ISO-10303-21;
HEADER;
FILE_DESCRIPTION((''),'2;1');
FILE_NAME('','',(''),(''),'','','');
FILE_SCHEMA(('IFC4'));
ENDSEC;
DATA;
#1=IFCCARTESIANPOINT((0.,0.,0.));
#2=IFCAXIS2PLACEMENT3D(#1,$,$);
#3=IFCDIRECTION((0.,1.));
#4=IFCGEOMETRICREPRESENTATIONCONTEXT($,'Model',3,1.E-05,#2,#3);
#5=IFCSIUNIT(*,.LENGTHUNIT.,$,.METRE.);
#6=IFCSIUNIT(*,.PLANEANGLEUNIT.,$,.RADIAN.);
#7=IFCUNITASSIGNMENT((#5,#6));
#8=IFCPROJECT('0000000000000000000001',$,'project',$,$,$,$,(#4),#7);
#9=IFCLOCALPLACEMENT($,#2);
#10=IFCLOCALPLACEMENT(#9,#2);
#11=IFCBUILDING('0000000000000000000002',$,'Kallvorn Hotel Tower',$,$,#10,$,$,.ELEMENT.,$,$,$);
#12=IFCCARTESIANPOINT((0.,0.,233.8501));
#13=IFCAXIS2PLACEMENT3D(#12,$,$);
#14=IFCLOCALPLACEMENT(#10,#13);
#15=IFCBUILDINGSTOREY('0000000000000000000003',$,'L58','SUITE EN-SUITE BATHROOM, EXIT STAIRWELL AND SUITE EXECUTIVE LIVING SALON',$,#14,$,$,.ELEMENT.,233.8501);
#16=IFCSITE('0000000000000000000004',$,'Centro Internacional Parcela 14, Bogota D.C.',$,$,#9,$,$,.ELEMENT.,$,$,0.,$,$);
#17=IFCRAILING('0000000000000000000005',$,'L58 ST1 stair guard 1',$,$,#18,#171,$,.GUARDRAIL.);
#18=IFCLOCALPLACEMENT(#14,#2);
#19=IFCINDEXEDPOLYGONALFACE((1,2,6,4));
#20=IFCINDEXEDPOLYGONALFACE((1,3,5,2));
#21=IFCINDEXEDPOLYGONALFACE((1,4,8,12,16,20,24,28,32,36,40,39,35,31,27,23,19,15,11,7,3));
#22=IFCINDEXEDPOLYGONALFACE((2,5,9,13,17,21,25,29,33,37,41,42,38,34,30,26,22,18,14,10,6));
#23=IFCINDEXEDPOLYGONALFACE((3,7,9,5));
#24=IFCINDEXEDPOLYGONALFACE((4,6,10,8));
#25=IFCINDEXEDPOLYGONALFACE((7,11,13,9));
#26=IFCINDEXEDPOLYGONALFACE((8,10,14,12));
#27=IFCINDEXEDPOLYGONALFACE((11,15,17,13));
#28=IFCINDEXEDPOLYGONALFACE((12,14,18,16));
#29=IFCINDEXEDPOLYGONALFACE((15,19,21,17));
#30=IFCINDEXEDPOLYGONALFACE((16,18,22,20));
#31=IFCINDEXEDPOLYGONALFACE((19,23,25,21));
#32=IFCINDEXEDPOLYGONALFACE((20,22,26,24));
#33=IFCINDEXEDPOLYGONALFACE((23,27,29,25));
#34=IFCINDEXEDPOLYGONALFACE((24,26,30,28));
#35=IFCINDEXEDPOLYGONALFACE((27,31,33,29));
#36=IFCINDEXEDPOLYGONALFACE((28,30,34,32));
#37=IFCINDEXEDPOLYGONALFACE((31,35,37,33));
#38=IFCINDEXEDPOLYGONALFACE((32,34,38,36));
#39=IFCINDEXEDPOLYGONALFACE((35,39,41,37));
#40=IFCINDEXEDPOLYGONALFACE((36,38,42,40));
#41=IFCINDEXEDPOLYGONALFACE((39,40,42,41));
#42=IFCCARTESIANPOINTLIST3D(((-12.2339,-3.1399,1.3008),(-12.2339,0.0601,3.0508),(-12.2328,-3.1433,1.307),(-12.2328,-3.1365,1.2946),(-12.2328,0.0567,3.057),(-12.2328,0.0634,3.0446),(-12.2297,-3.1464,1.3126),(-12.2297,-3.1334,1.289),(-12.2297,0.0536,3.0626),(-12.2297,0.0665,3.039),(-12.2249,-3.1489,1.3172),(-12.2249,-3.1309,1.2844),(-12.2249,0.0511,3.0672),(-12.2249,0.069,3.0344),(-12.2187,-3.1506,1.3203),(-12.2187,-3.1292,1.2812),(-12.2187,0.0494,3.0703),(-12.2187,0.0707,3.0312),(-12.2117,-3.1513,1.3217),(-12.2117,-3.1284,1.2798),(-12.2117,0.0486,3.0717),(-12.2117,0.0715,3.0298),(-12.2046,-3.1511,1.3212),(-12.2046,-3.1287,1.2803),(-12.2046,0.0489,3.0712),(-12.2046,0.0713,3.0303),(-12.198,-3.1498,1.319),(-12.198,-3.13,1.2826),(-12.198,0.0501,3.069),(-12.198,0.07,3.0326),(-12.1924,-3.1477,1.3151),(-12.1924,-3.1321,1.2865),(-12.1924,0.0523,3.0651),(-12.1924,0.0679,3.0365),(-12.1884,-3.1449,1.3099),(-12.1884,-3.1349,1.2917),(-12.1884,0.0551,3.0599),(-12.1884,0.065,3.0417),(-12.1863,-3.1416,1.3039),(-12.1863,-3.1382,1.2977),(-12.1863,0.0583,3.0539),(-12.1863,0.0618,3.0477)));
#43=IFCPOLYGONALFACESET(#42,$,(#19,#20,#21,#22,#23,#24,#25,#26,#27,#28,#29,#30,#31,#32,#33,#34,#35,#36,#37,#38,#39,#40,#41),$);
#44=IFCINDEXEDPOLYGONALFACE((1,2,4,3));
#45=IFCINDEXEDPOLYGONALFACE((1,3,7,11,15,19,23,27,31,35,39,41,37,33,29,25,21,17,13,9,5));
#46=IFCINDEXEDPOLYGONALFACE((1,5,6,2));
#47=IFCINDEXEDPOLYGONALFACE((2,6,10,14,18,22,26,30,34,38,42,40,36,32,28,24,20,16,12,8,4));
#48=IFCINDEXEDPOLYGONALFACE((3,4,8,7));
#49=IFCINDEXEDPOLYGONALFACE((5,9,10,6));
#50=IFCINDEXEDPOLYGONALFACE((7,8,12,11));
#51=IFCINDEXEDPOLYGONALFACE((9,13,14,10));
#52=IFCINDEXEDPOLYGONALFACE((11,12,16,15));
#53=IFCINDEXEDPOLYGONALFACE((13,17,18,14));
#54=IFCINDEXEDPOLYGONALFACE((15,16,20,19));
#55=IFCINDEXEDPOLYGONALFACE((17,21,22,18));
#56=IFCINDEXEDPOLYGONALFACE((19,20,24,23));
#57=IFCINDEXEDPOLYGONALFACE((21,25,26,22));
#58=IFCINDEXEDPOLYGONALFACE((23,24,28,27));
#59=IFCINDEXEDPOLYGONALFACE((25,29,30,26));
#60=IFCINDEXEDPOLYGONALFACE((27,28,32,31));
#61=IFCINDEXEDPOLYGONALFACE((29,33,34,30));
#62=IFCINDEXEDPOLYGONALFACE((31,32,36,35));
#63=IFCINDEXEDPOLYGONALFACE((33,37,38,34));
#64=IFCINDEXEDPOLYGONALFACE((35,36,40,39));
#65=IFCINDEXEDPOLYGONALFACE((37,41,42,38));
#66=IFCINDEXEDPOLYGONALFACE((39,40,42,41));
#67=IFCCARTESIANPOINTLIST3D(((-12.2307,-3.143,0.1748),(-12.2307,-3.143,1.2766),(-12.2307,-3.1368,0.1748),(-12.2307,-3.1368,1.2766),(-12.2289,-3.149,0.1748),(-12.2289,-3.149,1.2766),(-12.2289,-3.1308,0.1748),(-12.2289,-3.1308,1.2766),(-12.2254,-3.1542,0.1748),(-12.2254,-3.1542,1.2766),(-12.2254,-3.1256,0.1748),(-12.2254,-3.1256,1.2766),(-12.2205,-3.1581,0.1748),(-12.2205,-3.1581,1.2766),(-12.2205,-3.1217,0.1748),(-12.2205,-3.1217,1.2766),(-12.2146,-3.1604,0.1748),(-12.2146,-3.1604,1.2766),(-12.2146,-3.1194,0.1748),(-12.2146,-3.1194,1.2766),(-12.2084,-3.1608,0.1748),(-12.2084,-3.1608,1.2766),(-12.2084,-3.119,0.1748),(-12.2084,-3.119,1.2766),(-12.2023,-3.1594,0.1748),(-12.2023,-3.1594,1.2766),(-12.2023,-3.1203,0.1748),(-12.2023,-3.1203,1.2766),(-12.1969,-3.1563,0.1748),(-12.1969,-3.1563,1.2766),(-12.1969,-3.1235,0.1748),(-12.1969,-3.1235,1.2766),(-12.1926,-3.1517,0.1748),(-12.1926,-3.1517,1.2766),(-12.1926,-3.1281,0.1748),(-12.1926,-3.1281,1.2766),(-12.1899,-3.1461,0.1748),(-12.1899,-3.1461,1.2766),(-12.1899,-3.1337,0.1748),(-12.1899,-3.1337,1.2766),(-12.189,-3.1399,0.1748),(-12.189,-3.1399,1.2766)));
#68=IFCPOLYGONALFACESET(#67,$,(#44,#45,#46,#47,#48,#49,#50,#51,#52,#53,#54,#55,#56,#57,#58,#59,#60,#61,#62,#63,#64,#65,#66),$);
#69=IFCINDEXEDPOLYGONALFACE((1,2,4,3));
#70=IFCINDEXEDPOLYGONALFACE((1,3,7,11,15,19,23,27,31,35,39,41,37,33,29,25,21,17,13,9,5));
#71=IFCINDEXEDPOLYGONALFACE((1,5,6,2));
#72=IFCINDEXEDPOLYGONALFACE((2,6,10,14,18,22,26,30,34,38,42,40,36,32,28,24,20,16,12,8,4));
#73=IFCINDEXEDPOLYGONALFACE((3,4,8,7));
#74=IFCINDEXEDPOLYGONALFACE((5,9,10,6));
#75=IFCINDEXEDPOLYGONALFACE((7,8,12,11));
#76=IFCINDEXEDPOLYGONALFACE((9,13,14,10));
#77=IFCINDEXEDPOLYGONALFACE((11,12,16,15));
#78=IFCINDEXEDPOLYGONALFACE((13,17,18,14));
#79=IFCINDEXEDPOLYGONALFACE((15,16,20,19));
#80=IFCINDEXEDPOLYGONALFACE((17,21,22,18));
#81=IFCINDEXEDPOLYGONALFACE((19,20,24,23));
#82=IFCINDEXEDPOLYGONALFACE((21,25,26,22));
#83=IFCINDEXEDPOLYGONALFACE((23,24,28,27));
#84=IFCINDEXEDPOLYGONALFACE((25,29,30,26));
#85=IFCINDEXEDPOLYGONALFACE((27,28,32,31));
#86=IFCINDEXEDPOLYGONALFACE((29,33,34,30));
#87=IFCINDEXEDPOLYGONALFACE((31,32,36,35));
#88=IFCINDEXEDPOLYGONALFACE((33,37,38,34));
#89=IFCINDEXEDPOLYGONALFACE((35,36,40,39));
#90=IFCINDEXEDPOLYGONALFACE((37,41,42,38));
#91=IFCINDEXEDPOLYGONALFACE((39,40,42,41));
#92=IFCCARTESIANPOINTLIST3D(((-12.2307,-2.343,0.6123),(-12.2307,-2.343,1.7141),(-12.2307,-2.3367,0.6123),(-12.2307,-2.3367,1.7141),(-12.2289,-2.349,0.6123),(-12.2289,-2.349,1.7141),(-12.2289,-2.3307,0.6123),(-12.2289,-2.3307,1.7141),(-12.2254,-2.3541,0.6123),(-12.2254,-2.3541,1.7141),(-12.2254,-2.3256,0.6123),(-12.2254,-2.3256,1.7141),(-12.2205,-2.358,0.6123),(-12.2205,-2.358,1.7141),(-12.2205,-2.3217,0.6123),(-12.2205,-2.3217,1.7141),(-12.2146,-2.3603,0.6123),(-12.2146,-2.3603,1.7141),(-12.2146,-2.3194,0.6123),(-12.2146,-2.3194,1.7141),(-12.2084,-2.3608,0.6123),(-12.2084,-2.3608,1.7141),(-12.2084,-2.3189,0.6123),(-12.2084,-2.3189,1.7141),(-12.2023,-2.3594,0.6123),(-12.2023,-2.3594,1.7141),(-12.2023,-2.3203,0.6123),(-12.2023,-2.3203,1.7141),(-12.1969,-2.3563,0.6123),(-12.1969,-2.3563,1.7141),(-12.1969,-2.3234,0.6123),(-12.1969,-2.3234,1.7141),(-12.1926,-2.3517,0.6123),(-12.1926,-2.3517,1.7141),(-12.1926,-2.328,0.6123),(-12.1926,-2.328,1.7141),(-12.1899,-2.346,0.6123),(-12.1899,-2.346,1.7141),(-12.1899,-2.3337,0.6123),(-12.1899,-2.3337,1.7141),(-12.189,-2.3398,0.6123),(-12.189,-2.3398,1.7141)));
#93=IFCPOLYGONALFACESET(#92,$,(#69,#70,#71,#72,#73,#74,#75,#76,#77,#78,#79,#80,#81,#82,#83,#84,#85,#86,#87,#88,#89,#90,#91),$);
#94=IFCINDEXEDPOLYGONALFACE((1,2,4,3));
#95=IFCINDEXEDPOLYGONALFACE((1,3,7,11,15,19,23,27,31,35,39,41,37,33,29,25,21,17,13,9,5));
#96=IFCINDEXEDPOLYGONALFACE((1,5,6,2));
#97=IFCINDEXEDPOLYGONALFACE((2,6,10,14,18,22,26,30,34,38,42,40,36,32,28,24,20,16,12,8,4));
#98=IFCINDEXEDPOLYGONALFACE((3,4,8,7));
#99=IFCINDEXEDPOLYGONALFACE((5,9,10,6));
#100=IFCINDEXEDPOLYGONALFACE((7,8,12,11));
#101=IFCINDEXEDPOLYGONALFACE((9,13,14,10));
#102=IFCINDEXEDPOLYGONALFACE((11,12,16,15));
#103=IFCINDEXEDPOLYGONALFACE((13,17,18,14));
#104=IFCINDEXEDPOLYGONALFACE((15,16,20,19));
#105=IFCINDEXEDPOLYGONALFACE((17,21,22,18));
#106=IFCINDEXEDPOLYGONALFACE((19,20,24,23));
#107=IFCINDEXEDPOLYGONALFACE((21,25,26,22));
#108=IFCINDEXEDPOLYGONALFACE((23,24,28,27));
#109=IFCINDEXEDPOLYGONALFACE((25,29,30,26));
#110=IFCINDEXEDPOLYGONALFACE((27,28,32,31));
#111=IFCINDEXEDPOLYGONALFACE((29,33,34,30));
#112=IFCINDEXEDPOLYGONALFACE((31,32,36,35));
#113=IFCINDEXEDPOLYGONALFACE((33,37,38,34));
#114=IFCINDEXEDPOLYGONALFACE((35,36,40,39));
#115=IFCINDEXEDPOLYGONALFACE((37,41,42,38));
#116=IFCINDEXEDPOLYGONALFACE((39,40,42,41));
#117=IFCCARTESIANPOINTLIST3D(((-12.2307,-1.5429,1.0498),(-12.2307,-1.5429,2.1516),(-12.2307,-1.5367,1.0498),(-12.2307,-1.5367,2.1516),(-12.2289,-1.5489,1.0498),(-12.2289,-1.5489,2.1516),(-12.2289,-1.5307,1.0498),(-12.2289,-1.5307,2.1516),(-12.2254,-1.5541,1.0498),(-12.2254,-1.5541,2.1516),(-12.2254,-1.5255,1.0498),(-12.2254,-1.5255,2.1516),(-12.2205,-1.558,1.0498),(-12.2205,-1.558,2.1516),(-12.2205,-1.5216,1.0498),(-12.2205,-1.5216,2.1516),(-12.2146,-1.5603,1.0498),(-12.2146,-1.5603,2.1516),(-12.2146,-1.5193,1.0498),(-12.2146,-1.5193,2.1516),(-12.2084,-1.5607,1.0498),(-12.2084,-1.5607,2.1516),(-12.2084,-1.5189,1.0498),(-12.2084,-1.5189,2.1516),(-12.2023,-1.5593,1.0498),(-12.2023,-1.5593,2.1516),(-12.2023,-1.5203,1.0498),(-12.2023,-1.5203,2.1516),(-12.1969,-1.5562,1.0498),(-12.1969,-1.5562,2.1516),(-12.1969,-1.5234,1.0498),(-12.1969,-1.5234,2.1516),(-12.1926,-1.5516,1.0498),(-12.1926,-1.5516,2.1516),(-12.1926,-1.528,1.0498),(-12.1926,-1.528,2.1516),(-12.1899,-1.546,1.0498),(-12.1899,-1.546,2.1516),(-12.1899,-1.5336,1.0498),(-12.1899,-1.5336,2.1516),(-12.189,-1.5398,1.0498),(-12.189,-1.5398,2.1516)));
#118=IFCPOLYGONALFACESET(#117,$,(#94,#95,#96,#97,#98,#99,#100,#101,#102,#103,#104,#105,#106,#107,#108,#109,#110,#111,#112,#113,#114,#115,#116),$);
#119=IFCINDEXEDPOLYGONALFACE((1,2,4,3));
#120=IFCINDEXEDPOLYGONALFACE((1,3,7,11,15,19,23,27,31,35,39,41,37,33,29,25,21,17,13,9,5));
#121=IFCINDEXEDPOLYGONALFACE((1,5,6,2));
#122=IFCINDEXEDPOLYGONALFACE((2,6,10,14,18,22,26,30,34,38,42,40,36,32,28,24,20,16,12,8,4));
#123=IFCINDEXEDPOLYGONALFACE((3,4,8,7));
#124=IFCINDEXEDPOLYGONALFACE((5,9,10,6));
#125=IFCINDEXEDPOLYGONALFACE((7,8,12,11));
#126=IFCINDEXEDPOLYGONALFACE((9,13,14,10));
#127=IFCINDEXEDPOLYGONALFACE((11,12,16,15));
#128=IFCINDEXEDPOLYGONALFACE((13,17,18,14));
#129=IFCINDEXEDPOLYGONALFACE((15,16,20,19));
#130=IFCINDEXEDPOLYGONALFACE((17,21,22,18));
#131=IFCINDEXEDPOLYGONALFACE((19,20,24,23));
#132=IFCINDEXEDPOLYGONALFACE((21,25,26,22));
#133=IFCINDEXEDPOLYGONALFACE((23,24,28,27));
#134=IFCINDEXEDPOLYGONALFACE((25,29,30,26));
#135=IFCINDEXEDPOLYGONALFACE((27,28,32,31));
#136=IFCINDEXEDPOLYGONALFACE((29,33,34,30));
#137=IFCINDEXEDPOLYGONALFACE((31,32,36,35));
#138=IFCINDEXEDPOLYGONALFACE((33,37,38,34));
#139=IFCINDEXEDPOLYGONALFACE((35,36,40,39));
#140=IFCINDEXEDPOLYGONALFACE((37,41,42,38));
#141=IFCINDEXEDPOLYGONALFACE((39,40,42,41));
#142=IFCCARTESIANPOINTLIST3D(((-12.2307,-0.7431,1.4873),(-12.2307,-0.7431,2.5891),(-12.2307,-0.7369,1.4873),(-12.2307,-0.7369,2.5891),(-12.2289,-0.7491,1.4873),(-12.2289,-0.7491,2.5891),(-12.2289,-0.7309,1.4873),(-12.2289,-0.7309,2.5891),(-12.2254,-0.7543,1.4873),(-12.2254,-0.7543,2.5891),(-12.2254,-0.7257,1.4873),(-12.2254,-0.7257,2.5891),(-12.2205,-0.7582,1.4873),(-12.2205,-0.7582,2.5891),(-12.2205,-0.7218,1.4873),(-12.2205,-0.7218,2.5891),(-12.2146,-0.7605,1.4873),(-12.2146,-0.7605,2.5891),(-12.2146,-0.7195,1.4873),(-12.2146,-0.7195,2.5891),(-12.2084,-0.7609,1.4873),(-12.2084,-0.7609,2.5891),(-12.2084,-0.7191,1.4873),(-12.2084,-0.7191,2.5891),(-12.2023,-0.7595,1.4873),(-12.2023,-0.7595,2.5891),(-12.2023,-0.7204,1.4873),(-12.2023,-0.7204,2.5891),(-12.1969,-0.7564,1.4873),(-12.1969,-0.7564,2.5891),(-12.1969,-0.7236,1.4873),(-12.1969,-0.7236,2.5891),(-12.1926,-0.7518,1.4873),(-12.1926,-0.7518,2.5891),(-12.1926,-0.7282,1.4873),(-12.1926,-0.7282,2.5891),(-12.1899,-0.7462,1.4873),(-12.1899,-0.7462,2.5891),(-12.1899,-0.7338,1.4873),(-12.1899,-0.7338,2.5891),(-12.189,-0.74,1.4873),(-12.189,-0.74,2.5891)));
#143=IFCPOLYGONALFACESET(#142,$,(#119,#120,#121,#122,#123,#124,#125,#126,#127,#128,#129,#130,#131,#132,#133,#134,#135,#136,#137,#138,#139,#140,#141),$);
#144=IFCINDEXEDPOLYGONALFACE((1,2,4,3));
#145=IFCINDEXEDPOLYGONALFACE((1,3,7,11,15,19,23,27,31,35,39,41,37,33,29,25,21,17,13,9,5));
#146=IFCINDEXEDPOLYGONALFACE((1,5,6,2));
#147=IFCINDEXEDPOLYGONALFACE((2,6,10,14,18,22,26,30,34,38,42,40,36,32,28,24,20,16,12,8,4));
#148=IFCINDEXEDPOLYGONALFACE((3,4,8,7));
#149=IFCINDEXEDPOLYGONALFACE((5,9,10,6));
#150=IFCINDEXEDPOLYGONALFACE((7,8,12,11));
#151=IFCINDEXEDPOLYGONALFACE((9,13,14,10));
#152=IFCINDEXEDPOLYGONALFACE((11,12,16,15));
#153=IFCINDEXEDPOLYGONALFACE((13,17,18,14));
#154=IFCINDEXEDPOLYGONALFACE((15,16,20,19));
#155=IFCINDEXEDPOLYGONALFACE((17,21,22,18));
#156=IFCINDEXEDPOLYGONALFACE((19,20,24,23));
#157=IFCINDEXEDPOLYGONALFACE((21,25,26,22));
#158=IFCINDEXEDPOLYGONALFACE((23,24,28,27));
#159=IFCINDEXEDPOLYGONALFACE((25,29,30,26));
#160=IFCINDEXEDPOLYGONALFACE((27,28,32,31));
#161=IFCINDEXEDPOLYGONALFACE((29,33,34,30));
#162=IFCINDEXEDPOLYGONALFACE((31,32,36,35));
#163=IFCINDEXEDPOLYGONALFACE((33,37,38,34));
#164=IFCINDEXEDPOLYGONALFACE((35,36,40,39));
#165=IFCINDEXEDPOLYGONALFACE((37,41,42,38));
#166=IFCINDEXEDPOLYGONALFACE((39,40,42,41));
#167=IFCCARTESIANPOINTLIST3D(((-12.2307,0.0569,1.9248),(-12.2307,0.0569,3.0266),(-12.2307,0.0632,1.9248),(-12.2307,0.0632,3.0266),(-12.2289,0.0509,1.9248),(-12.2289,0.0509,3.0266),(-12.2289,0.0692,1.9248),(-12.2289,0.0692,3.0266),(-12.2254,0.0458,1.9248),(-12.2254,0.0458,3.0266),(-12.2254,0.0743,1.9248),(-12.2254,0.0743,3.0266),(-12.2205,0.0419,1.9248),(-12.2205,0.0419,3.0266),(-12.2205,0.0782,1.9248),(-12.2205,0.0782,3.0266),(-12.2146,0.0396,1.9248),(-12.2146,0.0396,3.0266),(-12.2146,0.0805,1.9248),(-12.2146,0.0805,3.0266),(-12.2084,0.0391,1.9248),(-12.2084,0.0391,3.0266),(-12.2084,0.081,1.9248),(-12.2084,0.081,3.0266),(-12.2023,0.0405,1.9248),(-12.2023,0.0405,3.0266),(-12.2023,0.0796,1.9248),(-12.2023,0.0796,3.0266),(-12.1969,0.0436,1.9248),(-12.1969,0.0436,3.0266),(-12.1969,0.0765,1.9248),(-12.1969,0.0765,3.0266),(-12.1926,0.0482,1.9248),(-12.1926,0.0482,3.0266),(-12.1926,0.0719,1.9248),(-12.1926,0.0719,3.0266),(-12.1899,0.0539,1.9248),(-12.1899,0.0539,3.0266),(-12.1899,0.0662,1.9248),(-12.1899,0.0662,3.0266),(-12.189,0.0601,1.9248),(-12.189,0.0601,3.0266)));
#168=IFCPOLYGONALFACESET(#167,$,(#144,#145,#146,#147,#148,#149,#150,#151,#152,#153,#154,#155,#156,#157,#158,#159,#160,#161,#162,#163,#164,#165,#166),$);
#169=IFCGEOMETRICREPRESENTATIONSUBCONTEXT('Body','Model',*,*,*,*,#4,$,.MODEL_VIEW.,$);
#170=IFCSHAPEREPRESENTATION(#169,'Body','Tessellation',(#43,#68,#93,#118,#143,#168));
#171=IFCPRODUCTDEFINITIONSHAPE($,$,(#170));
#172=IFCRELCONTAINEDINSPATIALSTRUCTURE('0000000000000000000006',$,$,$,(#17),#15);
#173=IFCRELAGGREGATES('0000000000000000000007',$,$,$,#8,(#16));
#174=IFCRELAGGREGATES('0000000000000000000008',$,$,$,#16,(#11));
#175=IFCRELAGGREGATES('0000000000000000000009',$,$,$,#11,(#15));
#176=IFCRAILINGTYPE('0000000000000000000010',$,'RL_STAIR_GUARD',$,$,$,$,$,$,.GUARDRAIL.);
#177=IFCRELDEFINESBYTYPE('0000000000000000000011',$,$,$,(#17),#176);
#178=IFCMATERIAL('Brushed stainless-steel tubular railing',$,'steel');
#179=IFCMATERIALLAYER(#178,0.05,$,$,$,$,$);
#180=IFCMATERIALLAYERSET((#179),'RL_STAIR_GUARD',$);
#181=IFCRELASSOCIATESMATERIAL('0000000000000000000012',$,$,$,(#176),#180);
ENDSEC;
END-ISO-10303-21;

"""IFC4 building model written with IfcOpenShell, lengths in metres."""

from ifc_helpers import new_model, si_unit, direction, frame, origin, origin_2d, place, context, subcontext, project, spatial, circle, extrude, material, layer, layer_set, type_object, element, save


model = new_model("IFC4")

# Units and contexts
model_context = context("Model", 3, precision=1e-05, world=origin(), true_north=direction((0.0, 1.0)))
body_context = subcontext(model_context, "Body", "Model", "MODEL_VIEW")
ifc_project = project(units=[si_unit("LENGTHUNIT", "METRE"), si_unit("PLANEANGLEUNIT", "RADIAN")], contexts=[model_context])

# Site, building, storey
site_placement = place(None, origin())
site = spatial("IfcSite", under=ifc_project, at=site_placement, Name="Centro Internacional Parcela 14, Bogota D.C.", CompositionType="ELEMENT", RefElevation=0.0)
building_placement = place(site_placement, origin())
building = spatial("IfcBuilding", under=site, at=building_placement, Name="Kallvorn Hotel Tower", CompositionType="ELEMENT")
storey_placement = place(building_placement, frame((0.0, 0.0, 233.8501)))
storey = spatial("IfcBuildingStorey", under=building, at=storey_placement, Name="L58", Description="SUITE EN-SUITE BATHROOM, EXIT STAIRWELL AND SUITE EXECUTIVE LIVING SALON", CompositionType="ELEMENT", Elevation=233.8501)

# Railing
ifc_material_1 = material(Name="Brushed stainless-steel tubular railing", Category="steel")
ifc_layer_1 = layer(ifc_material_1, 0.05)
ifc_layer_set_1 = layer_set([ifc_layer_1], Name="RL_STAIR_GUARD")
railing_type_1 = type_object("IfcRailingType", Name="RL_STAIR_GUARD", PredefinedType="GUARDRAIL", material=ifc_layer_set_1)
railing_1_placement = place(storey_placement, frame((-12.21, -3.1399, 0.1748)))
element("IfcRailing", 1, at=railing_1_placement, inside=storey, type_object=railing_type_1, Name="L58 ST1 stair guard 1", PredefinedType="GUARDRAIL", context=body_context, shape_type="SweptSolid", body=[
    extrude(circle(Radius=0.0239, at=origin_2d()), frame((0.0, 0.0, 1.126), z_axis=(0.0, 0.877368, 0.479818), x_axis=(-1.0, 0.0, 0.0)), (0.0, 0.0, 1.0), 3.6472),
    extrude(circle(Radius=0.021, at=origin_2d()), origin(), (0.0, 0.0, 1.0), 1.1018),
    extrude(circle(Radius=0.021, at=origin_2d()), frame((0.0, 0.8, 0.4375)), (0.0, 0.0, 1.0), 1.1018),
    extrude(circle(Radius=0.021, at=origin_2d()), frame((0.0, 1.6001, 0.875)), (0.0, 0.0, 1.0), 1.1018),
    extrude(circle(Radius=0.021, at=origin_2d()), frame((0.0, 2.3999, 1.3125)), (0.0, 0.0, 1.0), 1.1018),
    extrude(circle(Radius=0.021, at=origin_2d()), frame((0.0, 3.2, 1.75)), (0.0, 0.0, 1.0), 1.1018),
])

save(model, "model.ifc")
